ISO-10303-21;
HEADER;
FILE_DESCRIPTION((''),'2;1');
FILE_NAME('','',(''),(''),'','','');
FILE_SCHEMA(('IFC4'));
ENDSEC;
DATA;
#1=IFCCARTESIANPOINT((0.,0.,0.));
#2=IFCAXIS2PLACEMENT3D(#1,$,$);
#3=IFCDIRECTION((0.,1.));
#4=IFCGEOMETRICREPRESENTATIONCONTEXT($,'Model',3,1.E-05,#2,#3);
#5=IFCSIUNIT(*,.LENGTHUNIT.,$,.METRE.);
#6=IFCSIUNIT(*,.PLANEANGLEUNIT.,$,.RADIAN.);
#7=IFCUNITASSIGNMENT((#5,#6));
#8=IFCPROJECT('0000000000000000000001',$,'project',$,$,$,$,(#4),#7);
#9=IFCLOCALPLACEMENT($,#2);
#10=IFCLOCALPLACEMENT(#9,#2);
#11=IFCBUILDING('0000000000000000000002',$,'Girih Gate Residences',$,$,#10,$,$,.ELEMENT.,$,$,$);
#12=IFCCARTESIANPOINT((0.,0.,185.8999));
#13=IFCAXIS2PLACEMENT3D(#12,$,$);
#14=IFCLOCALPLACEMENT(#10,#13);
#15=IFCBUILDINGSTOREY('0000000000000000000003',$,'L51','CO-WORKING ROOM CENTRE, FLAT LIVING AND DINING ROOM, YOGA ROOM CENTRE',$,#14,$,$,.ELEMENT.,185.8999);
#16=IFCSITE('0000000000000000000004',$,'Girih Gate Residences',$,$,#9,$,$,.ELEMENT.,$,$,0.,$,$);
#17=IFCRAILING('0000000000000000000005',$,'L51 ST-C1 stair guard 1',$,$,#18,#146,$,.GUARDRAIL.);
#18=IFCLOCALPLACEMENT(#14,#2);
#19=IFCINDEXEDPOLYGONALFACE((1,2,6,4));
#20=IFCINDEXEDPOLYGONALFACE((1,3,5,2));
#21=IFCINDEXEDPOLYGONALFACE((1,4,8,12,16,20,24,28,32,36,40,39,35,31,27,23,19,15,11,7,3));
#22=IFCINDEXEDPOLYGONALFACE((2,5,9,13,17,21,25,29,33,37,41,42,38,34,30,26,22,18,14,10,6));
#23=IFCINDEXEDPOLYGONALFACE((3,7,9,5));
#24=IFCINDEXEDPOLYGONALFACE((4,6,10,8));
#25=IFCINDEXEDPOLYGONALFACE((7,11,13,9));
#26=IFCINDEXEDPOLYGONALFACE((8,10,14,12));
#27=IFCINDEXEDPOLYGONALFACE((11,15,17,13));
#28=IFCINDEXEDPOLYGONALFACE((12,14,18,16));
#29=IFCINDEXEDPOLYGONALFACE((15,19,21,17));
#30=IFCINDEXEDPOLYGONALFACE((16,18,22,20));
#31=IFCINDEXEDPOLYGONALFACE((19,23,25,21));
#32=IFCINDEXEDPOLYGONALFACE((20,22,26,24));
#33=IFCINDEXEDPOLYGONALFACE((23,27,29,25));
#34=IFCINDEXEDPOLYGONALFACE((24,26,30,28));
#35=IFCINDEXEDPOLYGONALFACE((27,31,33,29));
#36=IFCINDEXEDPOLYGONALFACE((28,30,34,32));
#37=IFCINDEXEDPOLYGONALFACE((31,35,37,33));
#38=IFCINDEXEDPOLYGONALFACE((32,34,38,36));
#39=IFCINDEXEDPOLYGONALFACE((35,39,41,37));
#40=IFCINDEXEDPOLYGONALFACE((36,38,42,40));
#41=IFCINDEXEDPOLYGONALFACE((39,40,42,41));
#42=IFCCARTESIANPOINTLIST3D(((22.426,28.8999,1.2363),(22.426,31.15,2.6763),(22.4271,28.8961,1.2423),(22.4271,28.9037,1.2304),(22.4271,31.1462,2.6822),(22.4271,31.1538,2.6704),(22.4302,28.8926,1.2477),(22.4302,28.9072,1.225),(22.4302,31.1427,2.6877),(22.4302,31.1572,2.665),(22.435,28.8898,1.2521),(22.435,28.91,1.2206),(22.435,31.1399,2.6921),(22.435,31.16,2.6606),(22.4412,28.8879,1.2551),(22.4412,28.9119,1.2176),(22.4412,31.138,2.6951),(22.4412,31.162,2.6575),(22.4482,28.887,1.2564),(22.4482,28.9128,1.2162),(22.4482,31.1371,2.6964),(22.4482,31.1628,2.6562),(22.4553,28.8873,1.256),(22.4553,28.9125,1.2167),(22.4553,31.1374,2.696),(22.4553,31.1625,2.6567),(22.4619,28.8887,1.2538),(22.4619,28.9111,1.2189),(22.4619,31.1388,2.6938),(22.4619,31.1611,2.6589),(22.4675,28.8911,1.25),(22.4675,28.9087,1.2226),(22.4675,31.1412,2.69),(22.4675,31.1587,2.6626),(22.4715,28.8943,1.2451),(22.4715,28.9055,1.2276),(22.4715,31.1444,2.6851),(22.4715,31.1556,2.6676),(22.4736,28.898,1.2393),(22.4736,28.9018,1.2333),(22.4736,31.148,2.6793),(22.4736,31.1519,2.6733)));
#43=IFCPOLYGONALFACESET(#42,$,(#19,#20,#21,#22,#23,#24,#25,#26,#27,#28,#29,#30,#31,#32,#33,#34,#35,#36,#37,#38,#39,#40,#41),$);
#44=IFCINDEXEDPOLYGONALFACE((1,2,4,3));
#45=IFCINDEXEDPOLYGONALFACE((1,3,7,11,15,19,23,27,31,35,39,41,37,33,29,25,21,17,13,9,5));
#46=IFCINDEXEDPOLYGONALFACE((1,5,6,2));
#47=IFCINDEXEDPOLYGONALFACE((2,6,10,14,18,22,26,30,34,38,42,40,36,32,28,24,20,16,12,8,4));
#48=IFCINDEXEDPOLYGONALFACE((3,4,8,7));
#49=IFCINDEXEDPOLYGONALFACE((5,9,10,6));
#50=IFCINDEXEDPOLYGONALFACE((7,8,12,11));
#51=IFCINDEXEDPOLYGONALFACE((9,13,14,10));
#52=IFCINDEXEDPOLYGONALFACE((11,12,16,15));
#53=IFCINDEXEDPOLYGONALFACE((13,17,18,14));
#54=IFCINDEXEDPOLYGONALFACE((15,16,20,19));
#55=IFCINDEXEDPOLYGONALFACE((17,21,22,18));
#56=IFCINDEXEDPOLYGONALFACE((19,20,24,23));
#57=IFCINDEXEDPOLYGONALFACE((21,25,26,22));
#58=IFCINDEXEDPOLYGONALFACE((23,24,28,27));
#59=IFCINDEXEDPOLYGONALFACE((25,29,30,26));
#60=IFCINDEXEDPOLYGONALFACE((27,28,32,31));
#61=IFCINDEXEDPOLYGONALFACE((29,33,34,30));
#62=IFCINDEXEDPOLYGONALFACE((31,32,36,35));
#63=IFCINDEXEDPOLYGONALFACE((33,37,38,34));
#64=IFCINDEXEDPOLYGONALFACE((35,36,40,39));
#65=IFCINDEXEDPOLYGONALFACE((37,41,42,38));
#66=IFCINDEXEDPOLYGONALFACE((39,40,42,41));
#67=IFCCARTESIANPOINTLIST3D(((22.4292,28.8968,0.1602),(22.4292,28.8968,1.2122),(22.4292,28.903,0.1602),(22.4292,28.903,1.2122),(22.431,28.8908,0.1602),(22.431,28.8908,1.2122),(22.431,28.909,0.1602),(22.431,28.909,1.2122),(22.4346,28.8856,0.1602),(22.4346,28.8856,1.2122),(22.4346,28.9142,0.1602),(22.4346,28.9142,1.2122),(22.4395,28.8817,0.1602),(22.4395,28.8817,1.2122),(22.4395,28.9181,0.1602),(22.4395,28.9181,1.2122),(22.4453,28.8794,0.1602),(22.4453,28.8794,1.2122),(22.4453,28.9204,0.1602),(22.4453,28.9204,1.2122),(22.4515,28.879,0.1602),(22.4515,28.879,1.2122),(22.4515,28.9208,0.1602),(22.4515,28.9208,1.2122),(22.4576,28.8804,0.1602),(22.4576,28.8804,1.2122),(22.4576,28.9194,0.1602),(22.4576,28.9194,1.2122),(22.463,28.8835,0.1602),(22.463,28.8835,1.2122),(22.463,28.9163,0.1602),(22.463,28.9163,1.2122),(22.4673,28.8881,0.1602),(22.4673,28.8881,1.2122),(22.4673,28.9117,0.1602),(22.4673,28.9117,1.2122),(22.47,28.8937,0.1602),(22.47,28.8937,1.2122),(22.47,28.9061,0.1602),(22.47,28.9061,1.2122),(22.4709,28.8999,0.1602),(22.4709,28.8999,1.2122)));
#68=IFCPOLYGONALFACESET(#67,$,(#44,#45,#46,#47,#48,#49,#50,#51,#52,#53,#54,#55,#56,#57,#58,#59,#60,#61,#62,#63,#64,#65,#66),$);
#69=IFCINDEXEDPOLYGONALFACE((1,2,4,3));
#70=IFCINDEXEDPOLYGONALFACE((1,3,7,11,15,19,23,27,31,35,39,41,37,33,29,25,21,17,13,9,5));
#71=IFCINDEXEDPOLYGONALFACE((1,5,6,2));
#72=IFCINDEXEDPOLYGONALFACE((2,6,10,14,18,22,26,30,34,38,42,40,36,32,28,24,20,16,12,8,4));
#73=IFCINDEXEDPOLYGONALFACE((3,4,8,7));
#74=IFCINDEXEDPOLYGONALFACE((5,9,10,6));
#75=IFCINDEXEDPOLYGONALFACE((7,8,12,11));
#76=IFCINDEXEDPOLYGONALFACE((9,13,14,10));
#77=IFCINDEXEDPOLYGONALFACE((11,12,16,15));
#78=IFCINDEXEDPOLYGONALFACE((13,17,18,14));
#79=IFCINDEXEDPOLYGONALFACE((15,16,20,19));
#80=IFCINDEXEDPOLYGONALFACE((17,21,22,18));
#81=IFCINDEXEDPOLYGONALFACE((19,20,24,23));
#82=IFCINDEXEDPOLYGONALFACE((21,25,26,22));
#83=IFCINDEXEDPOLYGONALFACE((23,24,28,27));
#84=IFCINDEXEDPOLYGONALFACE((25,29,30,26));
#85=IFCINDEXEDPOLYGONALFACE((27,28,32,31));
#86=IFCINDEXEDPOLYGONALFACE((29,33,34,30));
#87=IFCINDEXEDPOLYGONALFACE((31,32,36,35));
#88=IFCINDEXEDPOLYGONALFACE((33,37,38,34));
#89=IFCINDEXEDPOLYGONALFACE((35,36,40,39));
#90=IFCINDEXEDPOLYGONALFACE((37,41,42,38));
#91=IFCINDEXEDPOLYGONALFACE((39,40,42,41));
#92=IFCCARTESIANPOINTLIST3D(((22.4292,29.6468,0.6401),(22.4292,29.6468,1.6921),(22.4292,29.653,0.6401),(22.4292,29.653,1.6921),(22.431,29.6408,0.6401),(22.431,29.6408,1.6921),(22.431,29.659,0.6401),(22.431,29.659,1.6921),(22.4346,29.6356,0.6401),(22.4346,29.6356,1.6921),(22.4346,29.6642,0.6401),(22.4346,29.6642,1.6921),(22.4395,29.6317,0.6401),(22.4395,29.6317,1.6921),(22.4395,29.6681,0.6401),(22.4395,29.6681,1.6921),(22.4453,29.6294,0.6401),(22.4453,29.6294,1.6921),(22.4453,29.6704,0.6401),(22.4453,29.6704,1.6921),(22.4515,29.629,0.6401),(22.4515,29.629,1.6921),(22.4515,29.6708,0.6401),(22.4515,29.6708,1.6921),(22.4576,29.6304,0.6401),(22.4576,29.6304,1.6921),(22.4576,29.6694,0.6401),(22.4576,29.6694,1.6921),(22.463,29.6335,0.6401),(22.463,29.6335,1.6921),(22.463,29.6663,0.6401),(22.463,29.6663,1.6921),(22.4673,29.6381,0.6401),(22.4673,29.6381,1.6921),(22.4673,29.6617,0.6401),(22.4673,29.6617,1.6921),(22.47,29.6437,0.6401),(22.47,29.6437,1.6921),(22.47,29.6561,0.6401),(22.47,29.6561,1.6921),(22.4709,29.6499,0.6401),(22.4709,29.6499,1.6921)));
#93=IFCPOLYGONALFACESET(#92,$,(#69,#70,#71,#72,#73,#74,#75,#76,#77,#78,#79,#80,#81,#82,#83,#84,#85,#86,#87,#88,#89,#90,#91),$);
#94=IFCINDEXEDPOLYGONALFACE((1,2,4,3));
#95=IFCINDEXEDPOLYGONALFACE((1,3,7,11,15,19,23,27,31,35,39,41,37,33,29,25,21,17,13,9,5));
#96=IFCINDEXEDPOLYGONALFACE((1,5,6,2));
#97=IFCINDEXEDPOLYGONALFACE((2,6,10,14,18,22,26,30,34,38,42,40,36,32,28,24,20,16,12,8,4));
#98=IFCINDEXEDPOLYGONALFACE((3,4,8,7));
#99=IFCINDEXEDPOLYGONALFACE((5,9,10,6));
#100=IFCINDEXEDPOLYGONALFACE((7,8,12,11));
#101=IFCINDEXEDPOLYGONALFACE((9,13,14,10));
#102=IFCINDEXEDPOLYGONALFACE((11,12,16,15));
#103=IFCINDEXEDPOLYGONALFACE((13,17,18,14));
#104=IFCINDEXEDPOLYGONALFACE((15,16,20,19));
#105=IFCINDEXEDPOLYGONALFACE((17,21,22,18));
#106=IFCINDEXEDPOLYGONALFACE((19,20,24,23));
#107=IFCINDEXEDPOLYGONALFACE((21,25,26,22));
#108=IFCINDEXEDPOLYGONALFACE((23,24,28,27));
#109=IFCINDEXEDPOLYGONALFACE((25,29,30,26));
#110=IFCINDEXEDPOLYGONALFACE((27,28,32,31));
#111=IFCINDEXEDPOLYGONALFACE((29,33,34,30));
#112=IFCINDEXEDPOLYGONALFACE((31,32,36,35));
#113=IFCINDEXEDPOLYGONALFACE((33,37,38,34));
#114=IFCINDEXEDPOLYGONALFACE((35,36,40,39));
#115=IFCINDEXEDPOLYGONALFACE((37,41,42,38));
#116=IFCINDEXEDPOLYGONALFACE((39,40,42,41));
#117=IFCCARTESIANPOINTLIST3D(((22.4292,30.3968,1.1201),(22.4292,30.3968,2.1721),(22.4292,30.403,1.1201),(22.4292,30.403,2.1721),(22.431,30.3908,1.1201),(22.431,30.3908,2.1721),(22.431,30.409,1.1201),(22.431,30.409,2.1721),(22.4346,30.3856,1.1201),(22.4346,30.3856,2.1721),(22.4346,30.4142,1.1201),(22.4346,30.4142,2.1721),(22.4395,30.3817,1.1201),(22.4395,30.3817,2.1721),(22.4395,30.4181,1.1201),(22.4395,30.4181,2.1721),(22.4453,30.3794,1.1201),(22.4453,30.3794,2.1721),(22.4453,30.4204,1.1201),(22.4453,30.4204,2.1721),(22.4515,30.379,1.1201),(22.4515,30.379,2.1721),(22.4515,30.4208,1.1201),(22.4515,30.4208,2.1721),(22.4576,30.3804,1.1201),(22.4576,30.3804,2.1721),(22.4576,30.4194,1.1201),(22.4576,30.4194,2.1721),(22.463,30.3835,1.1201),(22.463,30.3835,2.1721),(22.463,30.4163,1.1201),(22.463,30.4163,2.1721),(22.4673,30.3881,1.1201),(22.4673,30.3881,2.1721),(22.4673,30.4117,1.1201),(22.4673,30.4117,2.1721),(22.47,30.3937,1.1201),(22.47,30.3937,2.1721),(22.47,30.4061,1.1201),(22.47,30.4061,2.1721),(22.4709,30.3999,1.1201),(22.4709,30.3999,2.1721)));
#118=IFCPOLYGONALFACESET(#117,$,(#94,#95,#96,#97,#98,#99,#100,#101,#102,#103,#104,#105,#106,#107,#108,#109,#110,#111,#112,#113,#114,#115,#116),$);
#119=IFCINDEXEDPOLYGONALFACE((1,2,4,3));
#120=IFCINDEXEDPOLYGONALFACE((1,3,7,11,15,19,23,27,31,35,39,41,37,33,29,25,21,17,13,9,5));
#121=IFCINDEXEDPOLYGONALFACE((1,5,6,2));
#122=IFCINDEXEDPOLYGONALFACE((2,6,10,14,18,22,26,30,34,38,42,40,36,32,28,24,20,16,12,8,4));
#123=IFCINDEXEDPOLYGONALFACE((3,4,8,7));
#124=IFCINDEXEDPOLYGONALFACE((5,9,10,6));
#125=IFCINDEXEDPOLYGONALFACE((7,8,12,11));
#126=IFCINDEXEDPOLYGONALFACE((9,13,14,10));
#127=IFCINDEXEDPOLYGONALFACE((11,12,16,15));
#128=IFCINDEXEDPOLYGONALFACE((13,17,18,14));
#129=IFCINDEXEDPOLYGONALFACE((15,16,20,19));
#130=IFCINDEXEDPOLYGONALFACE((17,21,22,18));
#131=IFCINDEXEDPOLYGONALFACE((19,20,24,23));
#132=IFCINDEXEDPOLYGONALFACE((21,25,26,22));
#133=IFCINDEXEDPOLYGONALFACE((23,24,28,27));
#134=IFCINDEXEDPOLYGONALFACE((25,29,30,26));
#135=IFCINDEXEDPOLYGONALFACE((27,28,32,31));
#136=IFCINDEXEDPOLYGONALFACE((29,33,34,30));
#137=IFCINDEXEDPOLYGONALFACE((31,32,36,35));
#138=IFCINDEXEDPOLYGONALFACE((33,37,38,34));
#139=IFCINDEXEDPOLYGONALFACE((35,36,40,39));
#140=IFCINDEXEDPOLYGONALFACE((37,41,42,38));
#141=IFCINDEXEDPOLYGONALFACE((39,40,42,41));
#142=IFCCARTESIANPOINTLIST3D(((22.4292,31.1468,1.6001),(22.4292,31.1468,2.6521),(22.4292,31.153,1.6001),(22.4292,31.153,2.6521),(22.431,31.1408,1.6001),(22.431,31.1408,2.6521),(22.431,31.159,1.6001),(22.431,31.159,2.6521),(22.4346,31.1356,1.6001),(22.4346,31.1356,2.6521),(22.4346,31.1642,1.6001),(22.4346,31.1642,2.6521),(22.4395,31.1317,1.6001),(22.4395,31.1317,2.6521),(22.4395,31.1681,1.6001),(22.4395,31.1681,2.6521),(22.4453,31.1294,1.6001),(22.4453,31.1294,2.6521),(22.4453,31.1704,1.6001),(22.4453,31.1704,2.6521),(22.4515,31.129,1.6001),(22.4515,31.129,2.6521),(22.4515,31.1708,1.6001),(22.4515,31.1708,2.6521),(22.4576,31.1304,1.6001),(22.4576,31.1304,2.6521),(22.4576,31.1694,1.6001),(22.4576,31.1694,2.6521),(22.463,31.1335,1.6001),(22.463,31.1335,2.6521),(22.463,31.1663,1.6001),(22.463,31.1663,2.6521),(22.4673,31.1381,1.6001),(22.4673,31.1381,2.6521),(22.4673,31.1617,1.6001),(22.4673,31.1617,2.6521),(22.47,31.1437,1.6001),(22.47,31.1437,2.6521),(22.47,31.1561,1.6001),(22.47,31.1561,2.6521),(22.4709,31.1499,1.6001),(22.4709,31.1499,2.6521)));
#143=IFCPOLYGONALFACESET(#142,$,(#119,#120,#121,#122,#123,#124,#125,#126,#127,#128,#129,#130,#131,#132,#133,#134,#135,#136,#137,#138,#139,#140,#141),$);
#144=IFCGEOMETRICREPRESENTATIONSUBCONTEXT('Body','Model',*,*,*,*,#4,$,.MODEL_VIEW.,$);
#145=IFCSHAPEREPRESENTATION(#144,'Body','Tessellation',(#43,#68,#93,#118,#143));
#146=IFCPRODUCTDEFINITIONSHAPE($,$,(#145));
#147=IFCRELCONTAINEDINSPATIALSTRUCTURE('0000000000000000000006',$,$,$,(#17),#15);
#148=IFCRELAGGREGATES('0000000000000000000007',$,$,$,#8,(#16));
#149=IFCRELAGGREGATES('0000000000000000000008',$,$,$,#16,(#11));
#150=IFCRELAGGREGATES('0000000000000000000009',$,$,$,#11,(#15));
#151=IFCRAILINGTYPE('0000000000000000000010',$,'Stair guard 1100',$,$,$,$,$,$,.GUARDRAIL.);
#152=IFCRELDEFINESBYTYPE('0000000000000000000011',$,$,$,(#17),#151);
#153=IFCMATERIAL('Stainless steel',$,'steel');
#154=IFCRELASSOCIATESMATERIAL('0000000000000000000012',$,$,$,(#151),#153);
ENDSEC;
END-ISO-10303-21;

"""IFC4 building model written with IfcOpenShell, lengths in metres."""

from ifc_helpers import new_model, si_unit, direction, frame, origin, origin_2d, place, context, subcontext, project, spatial, circle, extrude, material, type_object, element, save


model = new_model("IFC4")

# Units and contexts
model_context = context("Model", 3, precision=1e-05, world=origin(), true_north=direction((0.0, 1.0)))
body_context = subcontext(model_context, "Body", "Model", "MODEL_VIEW")
ifc_project = project(units=[si_unit("LENGTHUNIT", "METRE"), si_unit("PLANEANGLEUNIT", "RADIAN")], contexts=[model_context])

# Site, building, storey
site_placement = place(None, origin())
site = spatial("IfcSite", under=ifc_project, at=site_placement, Name="Girih Gate Residences", CompositionType="ELEMENT", RefElevation=0.0)
building_placement = place(site_placement, origin())
building = spatial("IfcBuilding", under=site, at=building_placement, Name="Girih Gate Residences", CompositionType="ELEMENT")
storey_placement = place(building_placement, frame((0.0, 0.0, 185.8999)))
storey = spatial("IfcBuildingStorey", under=building, at=storey_placement, Name="L51", Description="CO-WORKING ROOM CENTRE, FLAT LIVING AND DINING ROOM, YOGA ROOM CENTRE", CompositionType="ELEMENT", Elevation=185.8999)

# Railing
ifc_material_1 = material(Name="Stainless steel", Category="steel")
railing_type_1 = type_object("IfcRailingType", Name="Stair guard 1100", PredefinedType="GUARDRAIL", material=ifc_material_1)
railing_1_placement = place(storey_placement, frame((22.45, 28.8999, 0.1602)))
element("IfcRailing", 1, at=railing_1_placement, inside=storey, type_object=railing_type_1, Name="L51 ST-C1 stair guard 1", PredefinedType="GUARDRAIL", context=body_context, shape_type="SweptSolid", body=[
    extrude(circle(Radius=0.0239, at=origin_2d()), frame((0.0, 0.0, 1.0762), z_axis=(0.0, 0.842281, 0.539038), x_axis=(-1.0, 0.0, 0.0)), (0.0, 0.0, 1.0), 2.6714),
    extrude(circle(Radius=0.021, at=origin_2d()), origin(), (0.0, 0.0, 1.0), 1.052),
    extrude(circle(Radius=0.021, at=origin_2d()), frame((0.0, 0.75, 0.48)), (0.0, 0.0, 1.0), 1.052),
    extrude(circle(Radius=0.021, at=origin_2d()), frame((0.0, 1.5, 0.96)), (0.0, 0.0, 1.0), 1.052),
    extrude(circle(Radius=0.021, at=origin_2d()), frame((0.0, 2.25, 1.4399)), (0.0, 0.0, 1.0), 1.052),
])

save(model, "model.ifc")
